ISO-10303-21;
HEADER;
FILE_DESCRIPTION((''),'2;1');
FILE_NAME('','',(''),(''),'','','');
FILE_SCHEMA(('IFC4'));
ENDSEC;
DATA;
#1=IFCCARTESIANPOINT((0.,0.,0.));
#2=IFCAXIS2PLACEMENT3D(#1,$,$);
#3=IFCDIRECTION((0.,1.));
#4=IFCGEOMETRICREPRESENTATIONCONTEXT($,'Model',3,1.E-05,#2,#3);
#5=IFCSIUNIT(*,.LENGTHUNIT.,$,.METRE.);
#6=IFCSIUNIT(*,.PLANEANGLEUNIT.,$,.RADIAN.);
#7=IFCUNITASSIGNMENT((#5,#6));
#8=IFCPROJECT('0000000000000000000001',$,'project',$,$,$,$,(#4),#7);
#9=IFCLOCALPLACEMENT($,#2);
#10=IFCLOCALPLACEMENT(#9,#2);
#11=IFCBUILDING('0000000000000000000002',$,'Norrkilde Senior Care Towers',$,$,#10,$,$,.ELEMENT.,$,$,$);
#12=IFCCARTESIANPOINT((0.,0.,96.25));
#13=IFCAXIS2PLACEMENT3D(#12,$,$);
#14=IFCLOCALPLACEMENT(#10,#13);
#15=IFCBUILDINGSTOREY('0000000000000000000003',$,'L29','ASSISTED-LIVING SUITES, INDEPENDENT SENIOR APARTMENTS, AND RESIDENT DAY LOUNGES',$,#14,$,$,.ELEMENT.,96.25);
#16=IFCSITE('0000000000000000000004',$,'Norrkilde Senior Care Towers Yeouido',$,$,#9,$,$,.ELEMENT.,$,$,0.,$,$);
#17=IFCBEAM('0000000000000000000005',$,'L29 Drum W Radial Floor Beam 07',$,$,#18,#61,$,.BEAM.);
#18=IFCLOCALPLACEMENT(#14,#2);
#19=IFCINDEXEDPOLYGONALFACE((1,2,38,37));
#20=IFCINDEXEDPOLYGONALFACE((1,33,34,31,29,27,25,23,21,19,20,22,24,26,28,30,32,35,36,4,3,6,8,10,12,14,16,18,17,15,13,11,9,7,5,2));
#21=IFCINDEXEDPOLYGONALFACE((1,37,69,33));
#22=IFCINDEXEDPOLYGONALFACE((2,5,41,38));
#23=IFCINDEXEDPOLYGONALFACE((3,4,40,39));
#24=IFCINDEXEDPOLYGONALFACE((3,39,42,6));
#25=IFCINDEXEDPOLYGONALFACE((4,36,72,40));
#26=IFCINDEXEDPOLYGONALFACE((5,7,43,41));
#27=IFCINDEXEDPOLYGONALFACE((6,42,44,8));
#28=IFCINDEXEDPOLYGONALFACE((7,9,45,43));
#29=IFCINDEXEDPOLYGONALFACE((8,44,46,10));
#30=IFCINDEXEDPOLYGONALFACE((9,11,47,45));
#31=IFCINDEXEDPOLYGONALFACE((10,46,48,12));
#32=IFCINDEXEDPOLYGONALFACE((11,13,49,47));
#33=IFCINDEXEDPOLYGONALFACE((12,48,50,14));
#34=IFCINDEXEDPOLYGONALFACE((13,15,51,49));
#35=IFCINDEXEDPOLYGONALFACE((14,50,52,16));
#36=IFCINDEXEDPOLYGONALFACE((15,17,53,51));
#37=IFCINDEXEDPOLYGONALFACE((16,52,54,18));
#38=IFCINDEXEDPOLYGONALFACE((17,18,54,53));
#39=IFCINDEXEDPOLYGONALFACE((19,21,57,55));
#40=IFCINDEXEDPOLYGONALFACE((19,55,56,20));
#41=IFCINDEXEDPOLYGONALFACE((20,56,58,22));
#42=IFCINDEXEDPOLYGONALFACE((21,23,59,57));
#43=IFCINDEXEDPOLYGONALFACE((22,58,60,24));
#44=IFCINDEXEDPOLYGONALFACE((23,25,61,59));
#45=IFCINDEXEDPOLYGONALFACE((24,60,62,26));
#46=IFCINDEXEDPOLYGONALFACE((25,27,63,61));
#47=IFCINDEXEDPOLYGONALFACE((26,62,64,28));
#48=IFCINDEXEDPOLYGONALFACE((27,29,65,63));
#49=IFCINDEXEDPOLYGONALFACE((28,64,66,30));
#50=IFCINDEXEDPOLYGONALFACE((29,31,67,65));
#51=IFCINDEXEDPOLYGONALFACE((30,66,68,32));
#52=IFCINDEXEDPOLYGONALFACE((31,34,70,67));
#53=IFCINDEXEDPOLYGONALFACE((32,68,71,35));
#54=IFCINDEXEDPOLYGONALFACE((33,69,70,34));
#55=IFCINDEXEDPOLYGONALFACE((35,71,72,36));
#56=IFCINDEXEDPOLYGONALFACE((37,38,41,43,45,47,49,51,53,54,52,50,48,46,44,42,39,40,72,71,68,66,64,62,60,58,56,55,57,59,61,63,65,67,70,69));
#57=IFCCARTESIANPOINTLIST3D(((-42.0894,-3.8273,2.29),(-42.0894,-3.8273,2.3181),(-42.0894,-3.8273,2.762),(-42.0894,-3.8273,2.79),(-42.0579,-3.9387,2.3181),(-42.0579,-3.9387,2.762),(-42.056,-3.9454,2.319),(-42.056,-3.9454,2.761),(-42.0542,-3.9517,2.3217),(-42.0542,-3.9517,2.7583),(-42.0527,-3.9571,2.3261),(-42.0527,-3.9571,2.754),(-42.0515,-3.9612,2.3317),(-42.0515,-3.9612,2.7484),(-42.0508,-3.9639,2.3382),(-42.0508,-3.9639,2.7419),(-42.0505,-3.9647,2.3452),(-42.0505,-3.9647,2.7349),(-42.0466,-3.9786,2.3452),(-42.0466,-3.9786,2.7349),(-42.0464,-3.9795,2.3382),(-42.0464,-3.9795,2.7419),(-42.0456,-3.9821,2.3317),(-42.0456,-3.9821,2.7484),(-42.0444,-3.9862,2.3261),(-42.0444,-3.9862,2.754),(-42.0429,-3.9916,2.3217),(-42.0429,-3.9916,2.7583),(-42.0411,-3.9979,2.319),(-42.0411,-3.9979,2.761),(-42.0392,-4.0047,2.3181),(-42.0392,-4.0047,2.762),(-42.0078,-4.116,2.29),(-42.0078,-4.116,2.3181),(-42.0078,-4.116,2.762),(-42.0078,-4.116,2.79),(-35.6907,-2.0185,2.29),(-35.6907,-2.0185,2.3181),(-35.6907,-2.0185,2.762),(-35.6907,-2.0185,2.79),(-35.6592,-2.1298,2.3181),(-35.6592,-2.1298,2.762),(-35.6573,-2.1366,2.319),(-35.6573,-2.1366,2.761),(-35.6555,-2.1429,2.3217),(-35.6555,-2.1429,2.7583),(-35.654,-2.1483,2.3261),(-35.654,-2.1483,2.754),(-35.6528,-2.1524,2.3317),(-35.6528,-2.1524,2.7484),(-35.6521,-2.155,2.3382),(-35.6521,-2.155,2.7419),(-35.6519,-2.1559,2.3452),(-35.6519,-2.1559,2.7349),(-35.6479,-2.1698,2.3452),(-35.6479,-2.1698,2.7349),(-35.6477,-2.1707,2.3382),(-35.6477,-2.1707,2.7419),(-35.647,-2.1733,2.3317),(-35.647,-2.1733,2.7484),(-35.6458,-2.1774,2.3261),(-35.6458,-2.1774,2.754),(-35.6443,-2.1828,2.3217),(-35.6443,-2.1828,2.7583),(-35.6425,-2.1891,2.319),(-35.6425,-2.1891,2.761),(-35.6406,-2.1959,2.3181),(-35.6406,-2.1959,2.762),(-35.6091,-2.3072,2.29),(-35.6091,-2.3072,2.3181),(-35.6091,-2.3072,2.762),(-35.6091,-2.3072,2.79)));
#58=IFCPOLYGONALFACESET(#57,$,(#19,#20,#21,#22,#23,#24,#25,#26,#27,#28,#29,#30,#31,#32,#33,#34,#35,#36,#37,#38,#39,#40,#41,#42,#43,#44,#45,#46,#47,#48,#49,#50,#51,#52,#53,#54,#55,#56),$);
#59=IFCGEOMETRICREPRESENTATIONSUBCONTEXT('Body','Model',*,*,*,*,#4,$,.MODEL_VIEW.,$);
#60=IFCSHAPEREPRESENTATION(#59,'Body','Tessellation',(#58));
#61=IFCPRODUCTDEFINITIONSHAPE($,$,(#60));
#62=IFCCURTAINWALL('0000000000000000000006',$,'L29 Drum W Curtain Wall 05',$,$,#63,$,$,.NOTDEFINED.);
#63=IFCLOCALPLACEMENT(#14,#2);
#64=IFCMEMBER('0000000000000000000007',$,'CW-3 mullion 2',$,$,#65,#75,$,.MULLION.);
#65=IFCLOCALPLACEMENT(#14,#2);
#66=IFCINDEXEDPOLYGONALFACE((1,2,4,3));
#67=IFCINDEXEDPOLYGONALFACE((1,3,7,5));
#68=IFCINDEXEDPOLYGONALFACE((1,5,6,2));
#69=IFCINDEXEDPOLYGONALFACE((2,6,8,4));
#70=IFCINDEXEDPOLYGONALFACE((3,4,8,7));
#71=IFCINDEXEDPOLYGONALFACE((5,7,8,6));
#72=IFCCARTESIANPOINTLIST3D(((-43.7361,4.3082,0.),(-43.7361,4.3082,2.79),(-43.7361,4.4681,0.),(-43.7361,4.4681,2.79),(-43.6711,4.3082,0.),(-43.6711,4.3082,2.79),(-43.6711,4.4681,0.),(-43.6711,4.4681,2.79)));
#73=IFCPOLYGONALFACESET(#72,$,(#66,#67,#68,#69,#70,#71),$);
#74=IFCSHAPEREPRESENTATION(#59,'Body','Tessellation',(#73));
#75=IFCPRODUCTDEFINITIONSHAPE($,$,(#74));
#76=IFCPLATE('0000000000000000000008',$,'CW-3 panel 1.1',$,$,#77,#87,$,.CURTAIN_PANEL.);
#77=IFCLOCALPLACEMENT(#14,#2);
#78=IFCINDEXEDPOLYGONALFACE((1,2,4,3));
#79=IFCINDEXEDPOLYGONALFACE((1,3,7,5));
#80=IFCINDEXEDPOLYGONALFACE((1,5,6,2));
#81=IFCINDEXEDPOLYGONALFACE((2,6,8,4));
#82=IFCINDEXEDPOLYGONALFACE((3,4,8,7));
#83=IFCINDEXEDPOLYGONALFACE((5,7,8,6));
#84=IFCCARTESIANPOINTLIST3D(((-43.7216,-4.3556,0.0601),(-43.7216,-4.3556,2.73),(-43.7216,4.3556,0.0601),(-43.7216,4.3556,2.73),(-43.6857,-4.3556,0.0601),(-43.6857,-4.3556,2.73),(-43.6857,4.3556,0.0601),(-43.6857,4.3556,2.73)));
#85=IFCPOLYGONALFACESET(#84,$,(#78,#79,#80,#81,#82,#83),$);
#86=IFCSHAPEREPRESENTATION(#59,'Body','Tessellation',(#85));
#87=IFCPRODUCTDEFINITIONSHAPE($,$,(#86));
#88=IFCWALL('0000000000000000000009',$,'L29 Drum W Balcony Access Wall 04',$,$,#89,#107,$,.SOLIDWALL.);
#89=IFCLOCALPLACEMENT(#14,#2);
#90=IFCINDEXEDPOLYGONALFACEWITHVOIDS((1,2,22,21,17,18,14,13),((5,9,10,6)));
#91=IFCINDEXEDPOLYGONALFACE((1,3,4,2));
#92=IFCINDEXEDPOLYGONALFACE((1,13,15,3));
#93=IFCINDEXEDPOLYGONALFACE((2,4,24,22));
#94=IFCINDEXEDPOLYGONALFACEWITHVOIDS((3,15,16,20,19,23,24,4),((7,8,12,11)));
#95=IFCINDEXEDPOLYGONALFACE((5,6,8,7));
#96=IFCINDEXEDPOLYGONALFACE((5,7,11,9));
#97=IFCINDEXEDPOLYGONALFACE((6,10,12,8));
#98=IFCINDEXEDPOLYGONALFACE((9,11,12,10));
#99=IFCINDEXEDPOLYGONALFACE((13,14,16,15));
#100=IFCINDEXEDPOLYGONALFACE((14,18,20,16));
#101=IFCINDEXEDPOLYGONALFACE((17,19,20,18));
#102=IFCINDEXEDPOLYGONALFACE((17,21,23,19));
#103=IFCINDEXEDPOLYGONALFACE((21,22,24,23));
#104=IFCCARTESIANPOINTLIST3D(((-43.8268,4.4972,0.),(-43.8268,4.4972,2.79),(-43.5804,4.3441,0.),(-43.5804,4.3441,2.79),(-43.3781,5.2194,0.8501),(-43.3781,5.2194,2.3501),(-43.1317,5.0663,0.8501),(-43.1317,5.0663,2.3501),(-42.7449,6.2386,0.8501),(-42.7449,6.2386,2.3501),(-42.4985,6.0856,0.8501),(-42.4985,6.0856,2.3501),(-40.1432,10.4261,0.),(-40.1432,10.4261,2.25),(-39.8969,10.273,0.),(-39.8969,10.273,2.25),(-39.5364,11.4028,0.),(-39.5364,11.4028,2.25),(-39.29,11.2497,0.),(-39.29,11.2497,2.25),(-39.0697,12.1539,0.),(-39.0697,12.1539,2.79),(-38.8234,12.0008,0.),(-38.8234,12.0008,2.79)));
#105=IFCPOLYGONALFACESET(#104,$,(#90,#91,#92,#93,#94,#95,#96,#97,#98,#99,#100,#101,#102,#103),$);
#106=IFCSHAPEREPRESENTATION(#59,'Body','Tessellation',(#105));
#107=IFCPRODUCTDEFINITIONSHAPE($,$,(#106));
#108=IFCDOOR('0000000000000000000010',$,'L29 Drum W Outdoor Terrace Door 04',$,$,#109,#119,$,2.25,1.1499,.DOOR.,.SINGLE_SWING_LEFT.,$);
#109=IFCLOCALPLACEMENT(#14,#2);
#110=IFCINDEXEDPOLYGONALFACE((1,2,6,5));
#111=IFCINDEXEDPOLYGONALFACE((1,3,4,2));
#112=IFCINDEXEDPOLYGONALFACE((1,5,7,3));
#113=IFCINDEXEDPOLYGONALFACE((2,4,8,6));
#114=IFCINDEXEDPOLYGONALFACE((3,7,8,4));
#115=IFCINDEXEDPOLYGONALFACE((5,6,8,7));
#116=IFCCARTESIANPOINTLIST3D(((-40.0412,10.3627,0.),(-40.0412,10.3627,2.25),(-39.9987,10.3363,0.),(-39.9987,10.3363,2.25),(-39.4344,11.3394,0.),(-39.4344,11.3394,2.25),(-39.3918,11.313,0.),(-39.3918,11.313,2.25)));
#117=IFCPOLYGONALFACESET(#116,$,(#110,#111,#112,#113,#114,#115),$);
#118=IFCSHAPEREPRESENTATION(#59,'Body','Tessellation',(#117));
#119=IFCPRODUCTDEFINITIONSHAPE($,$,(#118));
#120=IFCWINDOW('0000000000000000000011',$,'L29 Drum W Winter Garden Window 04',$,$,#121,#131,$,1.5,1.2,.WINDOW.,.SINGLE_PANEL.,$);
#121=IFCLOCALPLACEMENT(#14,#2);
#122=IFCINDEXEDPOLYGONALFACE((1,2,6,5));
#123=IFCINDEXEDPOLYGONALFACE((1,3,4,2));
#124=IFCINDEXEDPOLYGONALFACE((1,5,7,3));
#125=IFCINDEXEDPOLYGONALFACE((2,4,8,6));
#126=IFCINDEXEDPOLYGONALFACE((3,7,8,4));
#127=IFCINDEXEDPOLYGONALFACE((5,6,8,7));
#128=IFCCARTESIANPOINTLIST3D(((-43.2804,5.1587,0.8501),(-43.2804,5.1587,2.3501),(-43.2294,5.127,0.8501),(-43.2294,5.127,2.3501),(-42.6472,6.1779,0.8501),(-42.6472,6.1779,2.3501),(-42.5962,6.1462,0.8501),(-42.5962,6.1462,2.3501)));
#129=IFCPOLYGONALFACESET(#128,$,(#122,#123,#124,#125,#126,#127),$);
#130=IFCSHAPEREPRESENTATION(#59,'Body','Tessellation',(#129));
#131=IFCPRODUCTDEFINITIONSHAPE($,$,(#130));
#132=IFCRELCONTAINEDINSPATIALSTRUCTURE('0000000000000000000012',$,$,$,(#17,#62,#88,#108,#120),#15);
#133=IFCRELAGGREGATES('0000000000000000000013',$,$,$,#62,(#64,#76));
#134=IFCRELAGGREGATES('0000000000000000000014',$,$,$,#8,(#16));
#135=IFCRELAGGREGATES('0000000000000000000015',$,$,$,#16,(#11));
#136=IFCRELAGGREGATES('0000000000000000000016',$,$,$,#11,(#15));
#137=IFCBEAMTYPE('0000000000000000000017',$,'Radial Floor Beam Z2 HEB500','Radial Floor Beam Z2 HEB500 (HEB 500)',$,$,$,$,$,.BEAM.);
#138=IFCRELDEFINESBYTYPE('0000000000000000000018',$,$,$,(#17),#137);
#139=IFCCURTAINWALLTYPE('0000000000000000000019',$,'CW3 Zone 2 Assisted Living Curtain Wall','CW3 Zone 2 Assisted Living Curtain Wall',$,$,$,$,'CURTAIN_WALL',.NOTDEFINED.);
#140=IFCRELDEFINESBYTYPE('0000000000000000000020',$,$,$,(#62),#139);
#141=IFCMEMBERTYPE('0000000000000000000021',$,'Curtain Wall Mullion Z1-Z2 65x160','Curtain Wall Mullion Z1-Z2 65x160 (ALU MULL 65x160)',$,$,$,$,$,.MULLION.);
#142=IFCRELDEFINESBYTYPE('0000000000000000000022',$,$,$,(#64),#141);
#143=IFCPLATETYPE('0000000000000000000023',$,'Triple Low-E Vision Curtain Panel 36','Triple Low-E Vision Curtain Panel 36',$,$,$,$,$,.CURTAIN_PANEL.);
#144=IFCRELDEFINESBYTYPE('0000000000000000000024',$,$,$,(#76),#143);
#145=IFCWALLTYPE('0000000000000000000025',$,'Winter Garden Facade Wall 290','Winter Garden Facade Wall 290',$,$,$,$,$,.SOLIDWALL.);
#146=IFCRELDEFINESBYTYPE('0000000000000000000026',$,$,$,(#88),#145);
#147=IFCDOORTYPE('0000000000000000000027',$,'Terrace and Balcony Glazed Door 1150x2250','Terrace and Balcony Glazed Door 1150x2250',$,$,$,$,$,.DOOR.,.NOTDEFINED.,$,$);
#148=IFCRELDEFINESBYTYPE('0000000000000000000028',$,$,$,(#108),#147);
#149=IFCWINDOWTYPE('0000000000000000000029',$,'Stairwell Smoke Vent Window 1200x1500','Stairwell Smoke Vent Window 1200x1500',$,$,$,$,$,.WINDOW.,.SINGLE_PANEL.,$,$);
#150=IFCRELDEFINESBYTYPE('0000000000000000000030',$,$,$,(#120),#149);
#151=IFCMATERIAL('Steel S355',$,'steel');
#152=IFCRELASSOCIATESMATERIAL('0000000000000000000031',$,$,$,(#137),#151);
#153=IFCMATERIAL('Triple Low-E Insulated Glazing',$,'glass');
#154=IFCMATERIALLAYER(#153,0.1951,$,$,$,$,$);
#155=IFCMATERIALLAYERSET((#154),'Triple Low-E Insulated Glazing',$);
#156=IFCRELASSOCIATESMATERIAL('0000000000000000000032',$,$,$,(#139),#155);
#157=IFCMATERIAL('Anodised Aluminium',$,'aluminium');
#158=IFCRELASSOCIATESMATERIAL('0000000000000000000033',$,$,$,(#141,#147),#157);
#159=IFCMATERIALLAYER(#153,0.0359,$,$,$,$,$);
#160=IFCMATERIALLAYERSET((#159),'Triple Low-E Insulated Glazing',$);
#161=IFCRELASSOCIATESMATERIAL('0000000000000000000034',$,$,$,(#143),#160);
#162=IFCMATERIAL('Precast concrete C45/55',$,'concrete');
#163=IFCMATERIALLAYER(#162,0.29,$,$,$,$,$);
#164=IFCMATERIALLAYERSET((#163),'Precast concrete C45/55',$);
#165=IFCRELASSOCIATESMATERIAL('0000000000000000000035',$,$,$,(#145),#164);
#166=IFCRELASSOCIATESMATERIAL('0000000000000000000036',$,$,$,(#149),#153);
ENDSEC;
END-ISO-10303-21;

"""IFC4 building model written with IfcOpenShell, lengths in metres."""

from ifc_helpers import new_model, si_unit, direction, frame, frame_2d, origin, origin_2d, place, context, subcontext, project, spatial, rectangle, i_section, extrude, source, transform, mapped, material, layer, layer_set, material_profile, profile_set, type_object, type_shapes, element, fill, aggregate, save


model = new_model("IFC4")

# Units and contexts
model_context = context("Model", 3, precision=1e-05, world=origin(), true_north=direction((0.0, 1.0)))
body_context = subcontext(model_context, "Body", "Model", "MODEL_VIEW")
ifc_project = project(units=[si_unit("LENGTHUNIT", "METRE"), si_unit("PLANEANGLEUNIT", "RADIAN")], contexts=[model_context])

# Site, building, storey
site_placement = place(None, origin())
site = spatial("IfcSite", under=ifc_project, at=site_placement, Name="Norrkilde Senior Care Towers Yeouido", CompositionType="ELEMENT", RefElevation=0.0)
building_placement = place(site_placement, origin())
building = spatial("IfcBuilding", under=site, at=building_placement, Name="Norrkilde Senior Care Towers", CompositionType="ELEMENT")
storey_placement = place(building_placement, frame((0.0, 0.0, 96.25)))
storey = spatial("IfcBuildingStorey", under=building, at=storey_placement, Name="L29", Description="ASSISTED-LIVING SUITES, INDEPENDENT SENIOR APARTMENTS, AND RESIDENT DAY LOUNGES", CompositionType="ELEMENT", Elevation=96.25)

# Beam
ifc_material_1 = material(Name="Steel S355", Category="steel")
ifc_material_profile_1 = material_profile(ifc_material_1, i_section(OverallWidth=0.3, OverallDepth=0.5, WebThickness=0.0144, FlangeThickness=0.0281, FilletRadius=0.0271, at=origin_2d()), Name="HEB 500")
ifc_profile_set_1 = profile_set([ifc_material_profile_1], Name="Steel S355")
beam_type_1 = type_object("IfcBeamType", Name="Radial Floor Beam Z2 HEB500", Description="Radial Floor Beam Z2 HEB500 (HEB 500)", PredefinedType="BEAM", material=ifc_profile_set_1)
shared_shape_1 = source(origin(), body_context, "Body", "SweptSolid", [
    extrude(i_section(OverallWidth=0.3, OverallDepth=0.5, WebThickness=0.0144, FlangeThickness=0.0281, FilletRadius=0.0271, at=origin_2d()), origin(), (0.0, 0.0, 1.0), 6.6494),
])
type_shapes(beam_type_1, [shared_shape_1])
for number, where, z_axis, x_axis, name in (
    (1, (-35.6499, -2.1628, 2.54), (-0.962289, -0.272029, 0.0), (0.272029, -0.962289, 0.0), "L29 Drum W Radial Floor Beam 07"),
):
    element("IfcBeam", number, at=place(storey_placement, frame(where, z_axis=z_axis, x_axis=x_axis)), inside=storey, type_object=beam_type_1, Name=name, PredefinedType="BEAM", context=body_context, shape_type="MappedRepresentation", body=[
        mapped(shared_shape_1, transform((0.0, 0.0, 0.0), x_axis=(1.0, 0.0, 0.0), y_axis=(0.0, 1.0, 0.0), z_axis=(0.0, 0.0, 1.0), scale=1.0)),
    ])

# Curtain wall, member, plate
ifc_material_2 = material(Name="Triple Low-E Insulated Glazing", Category="glass")
ifc_layer_1 = layer(ifc_material_2, 0.1951)
ifc_layer_set_1 = layer_set([ifc_layer_1], Name="Triple Low-E Insulated Glazing")
curtain_wall_type = type_object("IfcCurtainWallType", Name="CW3 Zone 2 Assisted Living Curtain Wall", Description="CW3 Zone 2 Assisted Living Curtain Wall", ElementType="CURTAIN_WALL", PredefinedType="NOTDEFINED", material=ifc_layer_set_1)
curtain_wall_placement = place(storey_placement, origin())
curtain_wall = element("IfcCurtainWall", 2, at=curtain_wall_placement, inside=storey, type_object=curtain_wall_type, Name="L29 Drum W Curtain Wall 05", PredefinedType="NOTDEFINED")
ifc_material_3 = material(Name="Anodised Aluminium", Category="aluminium")
ifc_material_profile_2 = material_profile(ifc_material_3, rectangle(XDim=0.0649, YDim=0.1599, at=origin_2d()), Name="ALU MULL 65x160")
ifc_profile_set_2 = profile_set([ifc_material_profile_2], Name="Anodised Aluminium")
member_type = type_object("IfcMemberType", Name="Curtain Wall Mullion Z1-Z2 65x160", Description="Curtain Wall Mullion Z1-Z2 65x160 (ALU MULL 65x160)", PredefinedType="MULLION", material=ifc_profile_set_2)
shared_shape_2 = source(origin(), body_context, "Body", "SweptSolid", [
    extrude(rectangle(XDim=0.0649, YDim=0.1599, at=origin_2d()), origin(), (0.0, 0.0, 1.0), 2.79),
])
type_shapes(member_type, [shared_shape_2])
member_placement = place(storey_placement, frame((-43.7036, 4.3882, 0.0), z_axis=(0.0, 0.0, 1.0), x_axis=(-1.0, 0.0, 0.0)))
member = element("IfcMember", 3, at=member_placement, type_object=member_type, Name="CW-3 mullion 2", PredefinedType="MULLION", context=body_context, shape_type="MappedRepresentation", body=[
    mapped(shared_shape_2, transform((0.0, 0.0, 0.0), x_axis=(1.0, 0.0, 0.0), y_axis=(0.0, 1.0, 0.0), z_axis=(0.0, 0.0, 1.0), scale=1.0)),
])
ifc_layer_2 = layer(ifc_material_2, 0.0359)
ifc_layer_set_2 = layer_set([ifc_layer_2], Name="Triple Low-E Insulated Glazing")
plate_type = type_object("IfcPlateType", Name="Triple Low-E Vision Curtain Panel 36", Description="Triple Low-E Vision Curtain Panel 36", PredefinedType="CURTAIN_PANEL", material=ifc_layer_set_2)
shared_shape_3 = source(origin(), body_context, "Body", "SweptSolid", [
    extrude(rectangle(XDim=8.7112, YDim=0.0359, at=origin_2d()), origin(), (0.0, 0.0, 1.0), 2.6699),
])
type_shapes(plate_type, [shared_shape_3])
plate_placement = place(storey_placement, frame((-43.7036, 0.0, 0.0601), z_axis=(0.0, 0.0, 1.0), x_axis=(0.0, 1.0, 0.0)))
plate = element("IfcPlate", 4, at=plate_placement, type_object=plate_type, Name="CW-3 panel 1.1", PredefinedType="CURTAIN_PANEL", context=body_context, shape_type="MappedRepresentation", body=[
    mapped(shared_shape_3, transform((0.0, 0.0, 0.0), x_axis=(1.0, 0.0, 0.0), y_axis=(0.0, 1.0, 0.0), z_axis=(0.0, 0.0, 1.0), scale=1.0)),
])
aggregate(curtain_wall, [member, plate])

# Wall, openings, door, window
ifc_material_4 = material(Name="Precast concrete C45/55", Category="concrete")
ifc_layer_3 = layer(ifc_material_4, 0.29)
ifc_layer_set_3 = layer_set([ifc_layer_3], Name="Precast concrete C45/55")
wall_type_1 = type_object("IfcWallType", Name="Winter Garden Facade Wall 290", Description="Winter Garden Facade Wall 290", PredefinedType="SOLIDWALL", material=ifc_layer_set_3)
shared_shape_4 = source(origin(), body_context, "Body", "SweptSolid", [
    extrude(rectangle(XDim=9.0142, YDim=0.29, at=frame_2d((4.5071, 0.0))), origin(), (0.0, 0.0, 1.0), 2.79),
])
type_shapes(wall_type_1, [shared_shape_4])
wall_1_placement = place(storey_placement, frame((-43.7036, 4.4207, 0.0), z_axis=(0.0, 0.0, 1.0), x_axis=(0.527733, 0.84941, 0.0)))
wall_1 = element("IfcWall", 5, at=wall_1_placement, inside=storey, type_object=wall_type_1, Name="L29 Drum W Balcony Access Wall 04", PredefinedType="SOLIDWALL", context=body_context, shape_type="MappedRepresentation", body=[
    mapped(shared_shape_4, transform((0.0, 0.0, 0.0), x_axis=(1.0, 0.0, 0.0), y_axis=(0.0, 1.0, 0.0), z_axis=(0.0, 0.0, 1.0), scale=1.0)),
])
opening_1_placement = place(wall_1_placement, frame((6.98, 0.0, 0.0)))
opening_1 = element("IfcOpeningElement", 6, at=opening_1_placement, cuts=wall_1, PredefinedType="OPENING", context=body_context, shape_type="SweptSolid", body=[
    extrude(rectangle(XDim=1.1499, YDim=2.25, at=frame_2d((0.575, 1.125))), frame((0.0, 0.155, 0.0), z_axis=(0.0, -1.0, 0.0), x_axis=(1.0, 0.0, 0.0)), (0.0, 0.0, 1.0), 0.3101),
])
opening_2_placement = place(wall_1_placement, frame((0.8501, 0.0, 0.8501)))
opening_2 = element("IfcOpeningElement", 7, at=opening_2_placement, cuts=wall_1, PredefinedType="OPENING", context=body_context, shape_type="SweptSolid", body=[
    extrude(rectangle(XDim=1.2, YDim=1.5, at=frame_2d((0.6001, 0.75))), frame((0.0, 0.155, 0.0), z_axis=(0.0, -1.0, 0.0), x_axis=(1.0, 0.0, 0.0)), (0.0, 0.0, 1.0), 0.3101),
])
door_type_1 = type_object("IfcDoorType", Name="Terrace and Balcony Glazed Door 1150x2250", Description="Terrace and Balcony Glazed Door 1150x2250", OperationType="NOTDEFINED", PredefinedType="DOOR", material=ifc_material_3)
shared_shape_5 = source(origin(), body_context, "Body", "SweptSolid", [
    extrude(rectangle(XDim=1.1499, YDim=2.25, at=frame_2d((0.575, 1.125))), frame((0.0, 0.0249, 0.0), z_axis=(0.0, -1.0, 0.0), x_axis=(1.0, 0.0, 0.0)), (0.0, 0.0, 1.0), 0.05),
])
type_shapes(door_type_1, [shared_shape_5])
door_1_placement = place(opening_1_placement, origin())
door_1 = element("IfcDoor", 8, at=door_1_placement, inside=storey, type_object=door_type_1, Name="L29 Drum W Outdoor Terrace Door 04", OperationType="SINGLE_SWING_LEFT", OverallHeight=2.25, OverallWidth=1.1499, PredefinedType="DOOR", context=body_context, shape_type="MappedRepresentation", body=[
    mapped(shared_shape_5, transform((0.0, 0.0, 0.0), x_axis=(1.0, 0.0, 0.0), y_axis=(0.0, 1.0, 0.0), z_axis=(0.0, 0.0, 1.0), scale=1.0)),
])
fill(opening_1, door_1)
window_type = type_object("IfcWindowType", Name="Stairwell Smoke Vent Window 1200x1500", Description="Stairwell Smoke Vent Window 1200x1500", PartitioningType="SINGLE_PANEL", PredefinedType="WINDOW", material=ifc_material_2)
shared_shape_6 = source(origin(), body_context, "Body", "SweptSolid", [
    extrude(rectangle(XDim=1.2, YDim=1.5, at=frame_2d((0.6001, 0.75))), frame((0.0, 0.03, 0.0), z_axis=(0.0, -1.0, 0.0), x_axis=(1.0, 0.0, 0.0)), (0.0, 0.0, 1.0), 0.0601),
])
type_shapes(window_type, [shared_shape_6])
window_placement = place(opening_2_placement, origin())
window = element("IfcWindow", 9, at=window_placement, inside=storey, type_object=window_type, Name="L29 Drum W Winter Garden Window 04", OverallHeight=1.5, OverallWidth=1.2, PartitioningType="SINGLE_PANEL", PredefinedType="WINDOW", context=body_context, shape_type="MappedRepresentation", body=[
    mapped(shared_shape_6, transform((0.0, 0.0, 0.0), x_axis=(1.0, 0.0, 0.0), y_axis=(0.0, 1.0, 0.0), z_axis=(0.0, 0.0, 1.0), scale=1.0)),
])
fill(opening_2, window)

save(model, "model.ifc")
